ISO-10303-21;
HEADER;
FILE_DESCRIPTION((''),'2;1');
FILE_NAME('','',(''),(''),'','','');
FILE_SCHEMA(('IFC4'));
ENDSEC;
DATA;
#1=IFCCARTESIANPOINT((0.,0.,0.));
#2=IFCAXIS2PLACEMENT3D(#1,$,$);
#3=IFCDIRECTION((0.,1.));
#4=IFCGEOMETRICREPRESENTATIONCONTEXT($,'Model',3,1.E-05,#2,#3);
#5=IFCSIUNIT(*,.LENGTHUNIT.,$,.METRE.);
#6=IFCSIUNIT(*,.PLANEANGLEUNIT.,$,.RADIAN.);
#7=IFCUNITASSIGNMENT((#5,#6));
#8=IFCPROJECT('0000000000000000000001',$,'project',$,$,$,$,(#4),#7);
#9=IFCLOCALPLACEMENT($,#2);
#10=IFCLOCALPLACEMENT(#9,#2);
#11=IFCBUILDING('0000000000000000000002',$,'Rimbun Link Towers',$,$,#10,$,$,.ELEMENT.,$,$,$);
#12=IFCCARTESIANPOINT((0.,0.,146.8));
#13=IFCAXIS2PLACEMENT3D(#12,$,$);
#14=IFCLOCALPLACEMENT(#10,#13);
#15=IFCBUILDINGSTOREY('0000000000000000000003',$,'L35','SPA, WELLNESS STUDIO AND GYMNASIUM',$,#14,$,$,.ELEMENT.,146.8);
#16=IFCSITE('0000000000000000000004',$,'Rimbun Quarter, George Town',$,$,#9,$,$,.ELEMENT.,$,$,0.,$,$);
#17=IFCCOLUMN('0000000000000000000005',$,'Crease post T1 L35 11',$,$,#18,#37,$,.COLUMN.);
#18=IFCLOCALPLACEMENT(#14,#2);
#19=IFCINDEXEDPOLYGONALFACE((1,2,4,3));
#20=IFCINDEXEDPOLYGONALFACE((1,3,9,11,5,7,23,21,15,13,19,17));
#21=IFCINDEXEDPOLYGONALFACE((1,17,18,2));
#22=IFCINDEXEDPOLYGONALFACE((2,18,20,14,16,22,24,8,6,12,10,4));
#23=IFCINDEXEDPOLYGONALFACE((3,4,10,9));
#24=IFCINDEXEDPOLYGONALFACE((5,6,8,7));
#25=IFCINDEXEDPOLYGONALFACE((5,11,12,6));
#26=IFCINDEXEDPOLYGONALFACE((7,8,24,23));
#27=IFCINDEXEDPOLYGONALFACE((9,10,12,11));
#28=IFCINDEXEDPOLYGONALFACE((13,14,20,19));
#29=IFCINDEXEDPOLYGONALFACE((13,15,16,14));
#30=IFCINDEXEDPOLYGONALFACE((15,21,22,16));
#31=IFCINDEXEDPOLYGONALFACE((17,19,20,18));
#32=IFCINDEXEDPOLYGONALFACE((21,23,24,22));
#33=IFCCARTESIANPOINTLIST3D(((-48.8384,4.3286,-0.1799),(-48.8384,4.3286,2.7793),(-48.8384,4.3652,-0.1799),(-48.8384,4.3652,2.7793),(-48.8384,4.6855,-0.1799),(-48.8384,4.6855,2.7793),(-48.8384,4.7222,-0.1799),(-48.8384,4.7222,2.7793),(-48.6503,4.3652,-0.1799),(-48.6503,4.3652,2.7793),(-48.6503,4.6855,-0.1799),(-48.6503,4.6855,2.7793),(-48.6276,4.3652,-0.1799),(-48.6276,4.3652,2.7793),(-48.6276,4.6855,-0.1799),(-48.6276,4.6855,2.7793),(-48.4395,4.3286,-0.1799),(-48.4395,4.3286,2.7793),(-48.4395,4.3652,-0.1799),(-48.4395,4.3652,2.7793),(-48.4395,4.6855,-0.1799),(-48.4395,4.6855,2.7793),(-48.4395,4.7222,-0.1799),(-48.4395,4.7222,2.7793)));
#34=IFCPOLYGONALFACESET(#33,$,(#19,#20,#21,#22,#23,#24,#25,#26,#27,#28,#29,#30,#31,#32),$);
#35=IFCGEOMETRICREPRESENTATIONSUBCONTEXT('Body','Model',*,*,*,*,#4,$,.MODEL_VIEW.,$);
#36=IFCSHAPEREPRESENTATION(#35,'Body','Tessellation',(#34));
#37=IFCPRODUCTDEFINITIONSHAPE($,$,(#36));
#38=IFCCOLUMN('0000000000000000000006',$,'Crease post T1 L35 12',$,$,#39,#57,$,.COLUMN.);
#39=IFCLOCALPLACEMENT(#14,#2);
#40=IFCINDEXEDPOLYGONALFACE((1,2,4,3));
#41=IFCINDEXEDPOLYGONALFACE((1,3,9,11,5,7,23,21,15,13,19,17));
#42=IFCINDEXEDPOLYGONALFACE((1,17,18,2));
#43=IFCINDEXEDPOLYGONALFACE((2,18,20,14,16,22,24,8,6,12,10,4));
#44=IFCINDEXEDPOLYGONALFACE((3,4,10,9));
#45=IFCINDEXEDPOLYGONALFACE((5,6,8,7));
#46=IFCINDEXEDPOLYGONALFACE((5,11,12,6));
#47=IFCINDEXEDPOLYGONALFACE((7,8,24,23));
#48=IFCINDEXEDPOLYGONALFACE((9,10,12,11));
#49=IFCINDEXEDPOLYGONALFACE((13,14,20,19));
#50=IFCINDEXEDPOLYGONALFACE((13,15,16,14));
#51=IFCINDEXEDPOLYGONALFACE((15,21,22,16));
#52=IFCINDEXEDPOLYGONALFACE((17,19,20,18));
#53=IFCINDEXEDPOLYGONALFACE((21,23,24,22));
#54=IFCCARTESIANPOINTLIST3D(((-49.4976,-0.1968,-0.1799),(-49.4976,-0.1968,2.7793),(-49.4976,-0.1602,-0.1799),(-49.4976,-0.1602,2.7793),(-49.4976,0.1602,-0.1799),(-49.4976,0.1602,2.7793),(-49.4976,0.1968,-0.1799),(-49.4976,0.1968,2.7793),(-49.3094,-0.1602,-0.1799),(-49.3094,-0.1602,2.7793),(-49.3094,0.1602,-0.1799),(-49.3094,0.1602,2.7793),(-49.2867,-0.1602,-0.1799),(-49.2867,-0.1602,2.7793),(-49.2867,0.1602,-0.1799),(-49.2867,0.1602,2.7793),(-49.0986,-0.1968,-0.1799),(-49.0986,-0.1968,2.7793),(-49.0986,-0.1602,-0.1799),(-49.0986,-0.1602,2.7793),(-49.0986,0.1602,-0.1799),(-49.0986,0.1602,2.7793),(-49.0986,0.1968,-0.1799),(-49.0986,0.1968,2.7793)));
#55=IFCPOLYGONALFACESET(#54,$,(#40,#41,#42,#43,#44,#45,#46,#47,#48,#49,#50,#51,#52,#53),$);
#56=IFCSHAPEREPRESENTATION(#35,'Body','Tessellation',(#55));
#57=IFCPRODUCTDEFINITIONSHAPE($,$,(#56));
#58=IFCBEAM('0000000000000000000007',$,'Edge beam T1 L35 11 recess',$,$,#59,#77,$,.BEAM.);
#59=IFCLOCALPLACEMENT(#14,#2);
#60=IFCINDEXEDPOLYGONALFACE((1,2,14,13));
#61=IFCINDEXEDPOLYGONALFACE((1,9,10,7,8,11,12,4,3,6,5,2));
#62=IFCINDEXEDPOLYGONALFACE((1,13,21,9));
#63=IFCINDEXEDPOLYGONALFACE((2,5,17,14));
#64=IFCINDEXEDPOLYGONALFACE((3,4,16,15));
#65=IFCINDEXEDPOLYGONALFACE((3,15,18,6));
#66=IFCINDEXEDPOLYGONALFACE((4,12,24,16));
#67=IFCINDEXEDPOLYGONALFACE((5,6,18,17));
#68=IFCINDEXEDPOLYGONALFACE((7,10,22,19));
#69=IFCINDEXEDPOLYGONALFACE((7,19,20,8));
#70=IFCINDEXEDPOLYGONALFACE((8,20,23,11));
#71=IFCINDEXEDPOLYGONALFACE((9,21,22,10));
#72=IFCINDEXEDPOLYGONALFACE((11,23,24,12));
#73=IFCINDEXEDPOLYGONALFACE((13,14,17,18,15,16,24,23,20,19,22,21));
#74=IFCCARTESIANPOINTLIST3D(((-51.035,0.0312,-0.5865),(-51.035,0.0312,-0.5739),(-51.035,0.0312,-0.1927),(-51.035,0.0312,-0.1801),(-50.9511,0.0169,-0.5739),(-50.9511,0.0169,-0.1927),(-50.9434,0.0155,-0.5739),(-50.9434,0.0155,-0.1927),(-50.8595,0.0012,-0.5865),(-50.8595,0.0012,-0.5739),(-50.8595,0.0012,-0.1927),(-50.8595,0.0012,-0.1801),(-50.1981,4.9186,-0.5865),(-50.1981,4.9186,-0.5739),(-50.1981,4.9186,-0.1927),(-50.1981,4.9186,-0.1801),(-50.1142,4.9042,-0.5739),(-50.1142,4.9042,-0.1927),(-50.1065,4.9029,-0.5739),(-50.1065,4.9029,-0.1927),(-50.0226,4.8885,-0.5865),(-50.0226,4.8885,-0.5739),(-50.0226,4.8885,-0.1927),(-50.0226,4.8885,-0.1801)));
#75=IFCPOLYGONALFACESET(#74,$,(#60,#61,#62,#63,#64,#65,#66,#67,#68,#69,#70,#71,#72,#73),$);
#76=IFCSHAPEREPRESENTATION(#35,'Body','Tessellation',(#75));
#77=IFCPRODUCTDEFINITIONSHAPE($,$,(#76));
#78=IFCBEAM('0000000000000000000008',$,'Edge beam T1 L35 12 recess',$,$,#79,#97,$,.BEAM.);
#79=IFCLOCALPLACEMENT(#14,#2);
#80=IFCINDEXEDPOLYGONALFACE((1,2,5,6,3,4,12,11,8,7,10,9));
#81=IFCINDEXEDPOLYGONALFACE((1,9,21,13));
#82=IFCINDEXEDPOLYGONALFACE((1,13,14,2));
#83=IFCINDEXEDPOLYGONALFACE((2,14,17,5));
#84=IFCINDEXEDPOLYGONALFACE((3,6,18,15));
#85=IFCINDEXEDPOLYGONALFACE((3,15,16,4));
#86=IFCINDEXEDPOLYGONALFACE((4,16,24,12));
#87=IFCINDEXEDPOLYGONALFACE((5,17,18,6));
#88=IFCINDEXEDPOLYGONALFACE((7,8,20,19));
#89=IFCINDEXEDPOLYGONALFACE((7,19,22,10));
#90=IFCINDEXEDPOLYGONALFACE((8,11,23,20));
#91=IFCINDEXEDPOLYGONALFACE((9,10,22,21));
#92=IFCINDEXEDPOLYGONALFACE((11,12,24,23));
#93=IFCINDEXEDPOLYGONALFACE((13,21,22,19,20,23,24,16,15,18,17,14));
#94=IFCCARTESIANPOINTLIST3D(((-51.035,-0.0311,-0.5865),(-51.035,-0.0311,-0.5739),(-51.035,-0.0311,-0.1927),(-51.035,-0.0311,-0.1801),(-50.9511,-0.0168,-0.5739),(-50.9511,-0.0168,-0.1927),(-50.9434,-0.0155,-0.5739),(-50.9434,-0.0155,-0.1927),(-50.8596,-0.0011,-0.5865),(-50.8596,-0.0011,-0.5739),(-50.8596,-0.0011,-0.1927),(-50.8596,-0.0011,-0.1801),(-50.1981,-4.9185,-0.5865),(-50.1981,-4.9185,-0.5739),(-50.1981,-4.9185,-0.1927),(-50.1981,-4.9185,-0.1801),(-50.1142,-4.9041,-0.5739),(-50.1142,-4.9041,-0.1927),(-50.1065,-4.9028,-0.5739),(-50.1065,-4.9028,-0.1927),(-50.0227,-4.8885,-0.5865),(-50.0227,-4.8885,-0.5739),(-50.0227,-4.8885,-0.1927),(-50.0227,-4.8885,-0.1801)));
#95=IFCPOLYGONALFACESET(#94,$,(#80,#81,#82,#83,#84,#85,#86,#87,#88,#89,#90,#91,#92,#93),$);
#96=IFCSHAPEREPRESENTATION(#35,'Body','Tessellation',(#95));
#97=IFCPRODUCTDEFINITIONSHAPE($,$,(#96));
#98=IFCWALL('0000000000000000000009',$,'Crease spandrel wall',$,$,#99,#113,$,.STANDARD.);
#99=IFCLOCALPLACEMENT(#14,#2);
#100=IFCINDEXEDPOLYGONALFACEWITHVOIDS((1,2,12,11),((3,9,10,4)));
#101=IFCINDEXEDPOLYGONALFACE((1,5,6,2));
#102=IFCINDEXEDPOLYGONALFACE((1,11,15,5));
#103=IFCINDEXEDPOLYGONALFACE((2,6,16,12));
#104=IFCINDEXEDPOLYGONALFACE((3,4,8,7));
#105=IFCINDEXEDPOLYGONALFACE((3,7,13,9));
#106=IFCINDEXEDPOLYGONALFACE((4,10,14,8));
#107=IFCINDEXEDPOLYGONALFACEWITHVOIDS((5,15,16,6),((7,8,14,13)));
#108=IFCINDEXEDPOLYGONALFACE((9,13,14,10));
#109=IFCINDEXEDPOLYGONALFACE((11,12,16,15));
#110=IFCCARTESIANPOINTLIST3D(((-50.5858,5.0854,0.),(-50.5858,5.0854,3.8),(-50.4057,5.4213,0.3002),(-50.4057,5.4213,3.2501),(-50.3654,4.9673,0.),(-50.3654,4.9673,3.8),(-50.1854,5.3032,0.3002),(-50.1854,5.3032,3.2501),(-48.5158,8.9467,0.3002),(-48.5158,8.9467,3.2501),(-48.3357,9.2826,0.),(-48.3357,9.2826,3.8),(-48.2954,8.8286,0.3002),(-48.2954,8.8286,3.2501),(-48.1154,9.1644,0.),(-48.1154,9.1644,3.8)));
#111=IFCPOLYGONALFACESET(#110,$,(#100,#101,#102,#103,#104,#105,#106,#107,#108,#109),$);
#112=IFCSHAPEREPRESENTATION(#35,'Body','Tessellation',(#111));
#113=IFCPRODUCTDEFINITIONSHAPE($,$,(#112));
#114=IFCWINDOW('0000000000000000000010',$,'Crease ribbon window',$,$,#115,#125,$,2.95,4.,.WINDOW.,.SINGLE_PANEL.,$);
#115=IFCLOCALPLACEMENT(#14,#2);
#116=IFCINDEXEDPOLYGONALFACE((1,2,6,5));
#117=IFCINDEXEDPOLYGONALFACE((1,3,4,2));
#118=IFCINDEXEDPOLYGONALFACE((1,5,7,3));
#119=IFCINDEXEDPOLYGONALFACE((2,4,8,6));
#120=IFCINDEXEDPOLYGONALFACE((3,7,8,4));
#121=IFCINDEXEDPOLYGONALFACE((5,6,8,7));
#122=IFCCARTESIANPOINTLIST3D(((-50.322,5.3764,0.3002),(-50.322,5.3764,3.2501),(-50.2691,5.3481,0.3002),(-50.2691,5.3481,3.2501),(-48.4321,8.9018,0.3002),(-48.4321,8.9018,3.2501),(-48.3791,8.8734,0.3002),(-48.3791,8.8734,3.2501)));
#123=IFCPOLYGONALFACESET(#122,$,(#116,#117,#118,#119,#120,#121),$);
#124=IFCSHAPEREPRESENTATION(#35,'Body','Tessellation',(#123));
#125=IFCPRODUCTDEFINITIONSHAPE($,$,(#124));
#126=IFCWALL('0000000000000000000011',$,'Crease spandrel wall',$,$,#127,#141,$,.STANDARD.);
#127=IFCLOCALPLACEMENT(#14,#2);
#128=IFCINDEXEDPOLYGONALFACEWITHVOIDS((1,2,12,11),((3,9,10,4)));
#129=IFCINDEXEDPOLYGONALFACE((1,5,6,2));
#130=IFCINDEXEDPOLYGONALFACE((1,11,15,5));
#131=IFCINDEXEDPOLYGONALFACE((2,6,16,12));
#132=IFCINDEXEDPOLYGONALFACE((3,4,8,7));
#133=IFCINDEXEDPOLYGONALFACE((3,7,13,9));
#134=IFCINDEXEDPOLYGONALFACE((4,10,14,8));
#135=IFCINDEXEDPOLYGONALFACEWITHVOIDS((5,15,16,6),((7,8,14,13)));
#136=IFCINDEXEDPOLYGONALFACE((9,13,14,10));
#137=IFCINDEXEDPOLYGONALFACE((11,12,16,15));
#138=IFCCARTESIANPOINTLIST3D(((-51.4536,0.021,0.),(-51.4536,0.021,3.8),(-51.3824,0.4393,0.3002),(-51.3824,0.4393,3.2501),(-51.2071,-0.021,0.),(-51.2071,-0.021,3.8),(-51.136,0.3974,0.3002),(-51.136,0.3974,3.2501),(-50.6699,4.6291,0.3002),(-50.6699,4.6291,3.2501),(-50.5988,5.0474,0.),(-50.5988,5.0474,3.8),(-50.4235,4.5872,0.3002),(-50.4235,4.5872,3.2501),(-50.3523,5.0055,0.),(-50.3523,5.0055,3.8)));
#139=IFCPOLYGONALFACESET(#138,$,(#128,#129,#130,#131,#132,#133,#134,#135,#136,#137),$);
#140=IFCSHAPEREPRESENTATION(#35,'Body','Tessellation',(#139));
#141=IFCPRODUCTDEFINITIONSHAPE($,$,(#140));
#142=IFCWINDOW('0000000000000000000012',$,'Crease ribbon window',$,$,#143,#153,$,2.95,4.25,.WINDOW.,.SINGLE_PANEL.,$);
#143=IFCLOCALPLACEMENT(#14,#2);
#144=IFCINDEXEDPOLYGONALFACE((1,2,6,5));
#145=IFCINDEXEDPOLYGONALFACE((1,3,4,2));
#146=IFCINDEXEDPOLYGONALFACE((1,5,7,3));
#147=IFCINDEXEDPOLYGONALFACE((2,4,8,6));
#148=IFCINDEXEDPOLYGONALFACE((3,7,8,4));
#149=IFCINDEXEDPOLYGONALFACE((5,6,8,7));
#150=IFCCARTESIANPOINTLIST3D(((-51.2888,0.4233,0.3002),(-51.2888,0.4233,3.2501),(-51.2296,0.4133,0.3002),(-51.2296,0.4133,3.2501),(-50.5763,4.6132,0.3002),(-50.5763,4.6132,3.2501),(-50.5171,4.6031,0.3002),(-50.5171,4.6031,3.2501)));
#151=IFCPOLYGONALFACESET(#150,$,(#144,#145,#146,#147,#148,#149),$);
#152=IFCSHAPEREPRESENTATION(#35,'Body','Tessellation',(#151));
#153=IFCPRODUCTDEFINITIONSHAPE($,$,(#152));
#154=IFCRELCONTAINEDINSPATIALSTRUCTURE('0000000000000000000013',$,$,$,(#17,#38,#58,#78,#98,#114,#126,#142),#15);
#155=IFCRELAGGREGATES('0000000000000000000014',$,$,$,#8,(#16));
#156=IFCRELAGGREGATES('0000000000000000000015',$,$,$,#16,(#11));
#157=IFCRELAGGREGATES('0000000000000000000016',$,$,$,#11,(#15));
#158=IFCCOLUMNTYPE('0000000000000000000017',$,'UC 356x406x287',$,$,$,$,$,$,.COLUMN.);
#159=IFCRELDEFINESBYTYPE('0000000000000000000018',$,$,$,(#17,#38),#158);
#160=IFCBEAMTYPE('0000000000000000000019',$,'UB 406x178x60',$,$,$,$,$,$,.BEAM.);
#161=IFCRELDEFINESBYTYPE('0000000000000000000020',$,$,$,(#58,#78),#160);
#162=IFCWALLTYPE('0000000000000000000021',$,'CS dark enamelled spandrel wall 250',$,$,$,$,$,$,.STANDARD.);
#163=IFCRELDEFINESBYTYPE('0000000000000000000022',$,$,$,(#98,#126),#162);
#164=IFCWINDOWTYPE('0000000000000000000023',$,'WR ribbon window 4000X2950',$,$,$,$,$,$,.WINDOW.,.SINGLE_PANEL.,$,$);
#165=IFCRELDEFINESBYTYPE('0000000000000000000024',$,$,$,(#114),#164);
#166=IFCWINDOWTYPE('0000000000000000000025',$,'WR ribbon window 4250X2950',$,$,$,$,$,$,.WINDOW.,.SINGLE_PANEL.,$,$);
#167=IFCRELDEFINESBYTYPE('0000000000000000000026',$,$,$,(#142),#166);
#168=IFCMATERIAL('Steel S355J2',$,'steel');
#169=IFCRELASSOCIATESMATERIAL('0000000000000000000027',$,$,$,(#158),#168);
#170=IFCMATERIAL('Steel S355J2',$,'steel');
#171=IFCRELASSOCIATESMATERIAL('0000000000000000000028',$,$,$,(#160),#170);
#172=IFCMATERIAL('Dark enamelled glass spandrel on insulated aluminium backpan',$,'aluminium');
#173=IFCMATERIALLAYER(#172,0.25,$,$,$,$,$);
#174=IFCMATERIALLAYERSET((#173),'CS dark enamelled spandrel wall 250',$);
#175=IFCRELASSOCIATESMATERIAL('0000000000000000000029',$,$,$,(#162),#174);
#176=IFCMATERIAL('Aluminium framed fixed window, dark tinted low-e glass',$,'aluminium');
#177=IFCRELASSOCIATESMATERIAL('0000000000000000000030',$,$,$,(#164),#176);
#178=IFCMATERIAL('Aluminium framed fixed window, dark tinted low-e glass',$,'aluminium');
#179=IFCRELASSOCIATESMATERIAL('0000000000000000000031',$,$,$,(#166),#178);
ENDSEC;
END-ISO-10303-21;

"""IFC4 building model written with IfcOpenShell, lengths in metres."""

from ifc_helpers import new_model, si_unit, direction, frame, frame_2d, origin, origin_2d, place, context, subcontext, project, spatial, rectangle, i_section, extrude, material, layer, layer_set, material_profile, profile_set, type_object, element, fill, save


model = new_model("IFC4")

# Units and contexts
model_context = context("Model", 3, precision=1e-05, world=origin(), true_north=direction((0.0, 1.0)))
body_context = subcontext(model_context, "Body", "Model", "MODEL_VIEW")
ifc_project = project(units=[si_unit("LENGTHUNIT", "METRE"), si_unit("PLANEANGLEUNIT", "RADIAN")], contexts=[model_context])

# Site, building, storey
site_placement = place(None, origin())
site = spatial("IfcSite", under=ifc_project, at=site_placement, Name="Rimbun Quarter, George Town", CompositionType="ELEMENT", RefElevation=0.0)
building_placement = place(site_placement, origin())
building = spatial("IfcBuilding", under=site, at=building_placement, Name="Rimbun Link Towers", CompositionType="ELEMENT")
storey_placement = place(building_placement, frame((0.0, 0.0, 146.8)))
storey = spatial("IfcBuildingStorey", under=building, at=storey_placement, Name="L35", Description="SPA, WELLNESS STUDIO AND GYMNASIUM", CompositionType="ELEMENT", Elevation=146.8)

# Columns
ifc_material_1 = material(Name="Steel S355J2", Category="steel")
ifc_material_profile_1 = material_profile(ifc_material_1, i_section(OverallWidth=0.3989, OverallDepth=0.3936, WebThickness=0.0227, FlangeThickness=0.0366, at=origin_2d()), Name="UC 356x406x287")
ifc_profile_set_1 = profile_set([ifc_material_profile_1], Name="Steel S355J2")
column_type = type_object("IfcColumnType", Name="UC 356x406x287", PredefinedType="COLUMN", material=ifc_profile_set_1)
for number, where, z_axis, x_axis, name in (
    (1, (-48.6389, 4.5254, -0.1799), (0.0, 0.0, 1.0), (1.0, 0.0, 0.0), "Crease post T1 L35 11"),
    (2, (-49.2981, 0.0, -0.1799), (0.0, 0.0, 1.0), (1.0, 0.0, 0.0), "Crease post T1 L35 12"),
):
    element("IfcColumn", number, at=place(storey_placement, frame(where, z_axis=z_axis, x_axis=x_axis)), inside=storey, type_object=column_type, Name=name, PredefinedType="COLUMN", context=body_context, shape_type="SweptSolid", body=[
        extrude(i_section(OverallWidth=0.3989, OverallDepth=0.3936, WebThickness=0.0227, FlangeThickness=0.0366, at=origin_2d()), origin(), (0.0, 0.0, 1.0), 2.9592),
    ])

# Beams
ifc_material_2 = material(Name="Steel S355J2", Category="steel")
ifc_material_profile_2 = material_profile(ifc_material_2, i_section(OverallWidth=0.178, OverallDepth=0.4065, WebThickness=0.0078, FlangeThickness=0.0127, at=origin_2d()), Name="UB 406x178x60")
ifc_profile_set_2 = profile_set([ifc_material_profile_2], Name="Steel S355J2")
beam_type = type_object("IfcBeamType", Name="UB 406x178x60", PredefinedType="BEAM", material=ifc_profile_set_2)
for number, where, z_axis, x_axis, name in (
    (3, (-50.1104, 4.9036, -0.3833), (-0.168781, -0.985654, 0.0), (0.985654, -0.168781, 0.0), "Edge beam T1 L35 11 recess"),
    (4, (-50.9473, -0.0161, -0.3833), (0.168781, -0.985654, 0.0), (0.985654, 0.168781, 0.0), "Edge beam T1 L35 12 recess"),
):
    element("IfcBeam", number, at=place(storey_placement, frame(where, z_axis=z_axis, x_axis=x_axis)), inside=storey, type_object=beam_type, Name=name, PredefinedType="BEAM", context=body_context, shape_type="SweptSolid", body=[
        extrude(i_section(OverallWidth=0.178, OverallDepth=0.4065, WebThickness=0.0078, FlangeThickness=0.0127, at=origin_2d()), origin(), (0.0, 0.0, 1.0), 4.9585),
    ])

# Walls, openings, windows
ifc_material_3 = material(Name="Dark enamelled glass spandrel on insulated aluminium backpan", Category="aluminium")
ifc_layer_1 = layer(ifc_material_3, 0.25)
ifc_layer_set_1 = layer_set([ifc_layer_1], Name="CS dark enamelled spandrel wall 250")
wall_type_1 = type_object("IfcWallType", Name="CS dark enamelled spandrel wall 250", PredefinedType="STANDARD", material=ifc_layer_set_1)
wall_1_placement = place(storey_placement, frame((-50.4756, 5.0264, 0.0), z_axis=(0.0, 0.0, 1.0), x_axis=(0.472482, 0.88134, 0.0)))
wall_1 = element("IfcWall", 5, at=wall_1_placement, inside=storey, type_object=wall_type_1, Name="Crease spandrel wall", PredefinedType="STANDARD", context=body_context, shape_type="SweptSolid", body=[
    extrude(rectangle(XDim=4.7622, YDim=0.25, at=frame_2d((2.3811, 0.0))), origin(), (0.0, 0.0, 1.0), 3.8),
])
opening_1_placement = place(wall_1_placement, frame((0.3811, 0.0, 0.3)))
opening_1 = element("IfcOpeningElement", 6, at=opening_1_placement, cuts=wall_1, PredefinedType="OPENING", context=body_context, shape_type="SweptSolid", body=[
    extrude(rectangle(XDim=4.0, YDim=2.95, at=frame_2d((2.0, 1.4751))), frame((0.0, 0.135, 0.0), z_axis=(0.0, -1.0, 0.0), x_axis=(1.0, 0.0, 0.0)), (0.0, 0.0, 1.0), 0.27),
])
ifc_material_4 = material(Name="Aluminium framed fixed window, dark tinted low-e glass", Category="aluminium")
window_type_1 = type_object("IfcWindowType", Name="WR ribbon window 4000X2950", PartitioningType="SINGLE_PANEL", PredefinedType="WINDOW", material=ifc_material_4)
window_1_placement = place(opening_1_placement, origin())
window_1 = element("IfcWindow", 7, at=window_1_placement, inside=storey, type_object=window_type_1, Name="Crease ribbon window", OverallHeight=2.95, OverallWidth=4.0, PartitioningType="SINGLE_PANEL", PredefinedType="WINDOW", context=body_context, shape_type="SweptSolid", body=[
    extrude(rectangle(XDim=4.0, YDim=2.95, at=frame_2d((2.0, 1.4751))), frame((0.0, 0.03, 0.0), z_axis=(0.0, -1.0, 0.0), x_axis=(1.0, 0.0, 0.0)), (0.0, 0.0, 1.0), 0.0601),
])
fill(opening_1, window_1)
wall_2_placement = place(storey_placement, frame((-51.3303, 0.0, 0.0), z_axis=(0.0, 0.0, 1.0), x_axis=(0.167644, 0.985848, 0.0)))
wall_2 = element("IfcWall", 8, at=wall_2_placement, inside=storey, type_object=wall_type_1, Name="Crease spandrel wall", PredefinedType="STANDARD", context=body_context, shape_type="SweptSolid", body=[
    extrude(rectangle(XDim=5.0986, YDim=0.25, at=frame_2d((2.5493, 0.0))), origin(), (0.0, 0.0, 1.0), 3.8),
])
opening_2_placement = place(wall_2_placement, frame((0.4243, 0.0, 0.3)))
opening_2 = element("IfcOpeningElement", 9, at=opening_2_placement, cuts=wall_2, PredefinedType="OPENING", context=body_context, shape_type="SweptSolid", body=[
    extrude(rectangle(XDim=4.25, YDim=2.95, at=frame_2d((2.125, 1.4751))), frame((0.0, 0.135, 0.0), z_axis=(0.0, -1.0, 0.0), x_axis=(1.0, 0.0, 0.0)), (0.0, 0.0, 1.0), 0.27),
])
ifc_material_5 = material(Name="Aluminium framed fixed window, dark tinted low-e glass", Category="aluminium")
window_type_2 = type_object("IfcWindowType", Name="WR ribbon window 4250X2950", PartitioningType="SINGLE_PANEL", PredefinedType="WINDOW", material=ifc_material_5)
window_2_placement = place(opening_2_placement, origin())
window_2 = element("IfcWindow", 10, at=window_2_placement, inside=storey, type_object=window_type_2, Name="Crease ribbon window", OverallHeight=2.95, OverallWidth=4.25, PartitioningType="SINGLE_PANEL", PredefinedType="WINDOW", context=body_context, shape_type="SweptSolid", body=[
    extrude(rectangle(XDim=4.25, YDim=2.95, at=frame_2d((2.125, 1.4751))), frame((0.0, 0.03, 0.0), z_axis=(0.0, -1.0, 0.0), x_axis=(1.0, 0.0, 0.0)), (0.0, 0.0, 1.0), 0.0601),
])
fill(opening_2, window_2)

save(model, "model.ifc")
